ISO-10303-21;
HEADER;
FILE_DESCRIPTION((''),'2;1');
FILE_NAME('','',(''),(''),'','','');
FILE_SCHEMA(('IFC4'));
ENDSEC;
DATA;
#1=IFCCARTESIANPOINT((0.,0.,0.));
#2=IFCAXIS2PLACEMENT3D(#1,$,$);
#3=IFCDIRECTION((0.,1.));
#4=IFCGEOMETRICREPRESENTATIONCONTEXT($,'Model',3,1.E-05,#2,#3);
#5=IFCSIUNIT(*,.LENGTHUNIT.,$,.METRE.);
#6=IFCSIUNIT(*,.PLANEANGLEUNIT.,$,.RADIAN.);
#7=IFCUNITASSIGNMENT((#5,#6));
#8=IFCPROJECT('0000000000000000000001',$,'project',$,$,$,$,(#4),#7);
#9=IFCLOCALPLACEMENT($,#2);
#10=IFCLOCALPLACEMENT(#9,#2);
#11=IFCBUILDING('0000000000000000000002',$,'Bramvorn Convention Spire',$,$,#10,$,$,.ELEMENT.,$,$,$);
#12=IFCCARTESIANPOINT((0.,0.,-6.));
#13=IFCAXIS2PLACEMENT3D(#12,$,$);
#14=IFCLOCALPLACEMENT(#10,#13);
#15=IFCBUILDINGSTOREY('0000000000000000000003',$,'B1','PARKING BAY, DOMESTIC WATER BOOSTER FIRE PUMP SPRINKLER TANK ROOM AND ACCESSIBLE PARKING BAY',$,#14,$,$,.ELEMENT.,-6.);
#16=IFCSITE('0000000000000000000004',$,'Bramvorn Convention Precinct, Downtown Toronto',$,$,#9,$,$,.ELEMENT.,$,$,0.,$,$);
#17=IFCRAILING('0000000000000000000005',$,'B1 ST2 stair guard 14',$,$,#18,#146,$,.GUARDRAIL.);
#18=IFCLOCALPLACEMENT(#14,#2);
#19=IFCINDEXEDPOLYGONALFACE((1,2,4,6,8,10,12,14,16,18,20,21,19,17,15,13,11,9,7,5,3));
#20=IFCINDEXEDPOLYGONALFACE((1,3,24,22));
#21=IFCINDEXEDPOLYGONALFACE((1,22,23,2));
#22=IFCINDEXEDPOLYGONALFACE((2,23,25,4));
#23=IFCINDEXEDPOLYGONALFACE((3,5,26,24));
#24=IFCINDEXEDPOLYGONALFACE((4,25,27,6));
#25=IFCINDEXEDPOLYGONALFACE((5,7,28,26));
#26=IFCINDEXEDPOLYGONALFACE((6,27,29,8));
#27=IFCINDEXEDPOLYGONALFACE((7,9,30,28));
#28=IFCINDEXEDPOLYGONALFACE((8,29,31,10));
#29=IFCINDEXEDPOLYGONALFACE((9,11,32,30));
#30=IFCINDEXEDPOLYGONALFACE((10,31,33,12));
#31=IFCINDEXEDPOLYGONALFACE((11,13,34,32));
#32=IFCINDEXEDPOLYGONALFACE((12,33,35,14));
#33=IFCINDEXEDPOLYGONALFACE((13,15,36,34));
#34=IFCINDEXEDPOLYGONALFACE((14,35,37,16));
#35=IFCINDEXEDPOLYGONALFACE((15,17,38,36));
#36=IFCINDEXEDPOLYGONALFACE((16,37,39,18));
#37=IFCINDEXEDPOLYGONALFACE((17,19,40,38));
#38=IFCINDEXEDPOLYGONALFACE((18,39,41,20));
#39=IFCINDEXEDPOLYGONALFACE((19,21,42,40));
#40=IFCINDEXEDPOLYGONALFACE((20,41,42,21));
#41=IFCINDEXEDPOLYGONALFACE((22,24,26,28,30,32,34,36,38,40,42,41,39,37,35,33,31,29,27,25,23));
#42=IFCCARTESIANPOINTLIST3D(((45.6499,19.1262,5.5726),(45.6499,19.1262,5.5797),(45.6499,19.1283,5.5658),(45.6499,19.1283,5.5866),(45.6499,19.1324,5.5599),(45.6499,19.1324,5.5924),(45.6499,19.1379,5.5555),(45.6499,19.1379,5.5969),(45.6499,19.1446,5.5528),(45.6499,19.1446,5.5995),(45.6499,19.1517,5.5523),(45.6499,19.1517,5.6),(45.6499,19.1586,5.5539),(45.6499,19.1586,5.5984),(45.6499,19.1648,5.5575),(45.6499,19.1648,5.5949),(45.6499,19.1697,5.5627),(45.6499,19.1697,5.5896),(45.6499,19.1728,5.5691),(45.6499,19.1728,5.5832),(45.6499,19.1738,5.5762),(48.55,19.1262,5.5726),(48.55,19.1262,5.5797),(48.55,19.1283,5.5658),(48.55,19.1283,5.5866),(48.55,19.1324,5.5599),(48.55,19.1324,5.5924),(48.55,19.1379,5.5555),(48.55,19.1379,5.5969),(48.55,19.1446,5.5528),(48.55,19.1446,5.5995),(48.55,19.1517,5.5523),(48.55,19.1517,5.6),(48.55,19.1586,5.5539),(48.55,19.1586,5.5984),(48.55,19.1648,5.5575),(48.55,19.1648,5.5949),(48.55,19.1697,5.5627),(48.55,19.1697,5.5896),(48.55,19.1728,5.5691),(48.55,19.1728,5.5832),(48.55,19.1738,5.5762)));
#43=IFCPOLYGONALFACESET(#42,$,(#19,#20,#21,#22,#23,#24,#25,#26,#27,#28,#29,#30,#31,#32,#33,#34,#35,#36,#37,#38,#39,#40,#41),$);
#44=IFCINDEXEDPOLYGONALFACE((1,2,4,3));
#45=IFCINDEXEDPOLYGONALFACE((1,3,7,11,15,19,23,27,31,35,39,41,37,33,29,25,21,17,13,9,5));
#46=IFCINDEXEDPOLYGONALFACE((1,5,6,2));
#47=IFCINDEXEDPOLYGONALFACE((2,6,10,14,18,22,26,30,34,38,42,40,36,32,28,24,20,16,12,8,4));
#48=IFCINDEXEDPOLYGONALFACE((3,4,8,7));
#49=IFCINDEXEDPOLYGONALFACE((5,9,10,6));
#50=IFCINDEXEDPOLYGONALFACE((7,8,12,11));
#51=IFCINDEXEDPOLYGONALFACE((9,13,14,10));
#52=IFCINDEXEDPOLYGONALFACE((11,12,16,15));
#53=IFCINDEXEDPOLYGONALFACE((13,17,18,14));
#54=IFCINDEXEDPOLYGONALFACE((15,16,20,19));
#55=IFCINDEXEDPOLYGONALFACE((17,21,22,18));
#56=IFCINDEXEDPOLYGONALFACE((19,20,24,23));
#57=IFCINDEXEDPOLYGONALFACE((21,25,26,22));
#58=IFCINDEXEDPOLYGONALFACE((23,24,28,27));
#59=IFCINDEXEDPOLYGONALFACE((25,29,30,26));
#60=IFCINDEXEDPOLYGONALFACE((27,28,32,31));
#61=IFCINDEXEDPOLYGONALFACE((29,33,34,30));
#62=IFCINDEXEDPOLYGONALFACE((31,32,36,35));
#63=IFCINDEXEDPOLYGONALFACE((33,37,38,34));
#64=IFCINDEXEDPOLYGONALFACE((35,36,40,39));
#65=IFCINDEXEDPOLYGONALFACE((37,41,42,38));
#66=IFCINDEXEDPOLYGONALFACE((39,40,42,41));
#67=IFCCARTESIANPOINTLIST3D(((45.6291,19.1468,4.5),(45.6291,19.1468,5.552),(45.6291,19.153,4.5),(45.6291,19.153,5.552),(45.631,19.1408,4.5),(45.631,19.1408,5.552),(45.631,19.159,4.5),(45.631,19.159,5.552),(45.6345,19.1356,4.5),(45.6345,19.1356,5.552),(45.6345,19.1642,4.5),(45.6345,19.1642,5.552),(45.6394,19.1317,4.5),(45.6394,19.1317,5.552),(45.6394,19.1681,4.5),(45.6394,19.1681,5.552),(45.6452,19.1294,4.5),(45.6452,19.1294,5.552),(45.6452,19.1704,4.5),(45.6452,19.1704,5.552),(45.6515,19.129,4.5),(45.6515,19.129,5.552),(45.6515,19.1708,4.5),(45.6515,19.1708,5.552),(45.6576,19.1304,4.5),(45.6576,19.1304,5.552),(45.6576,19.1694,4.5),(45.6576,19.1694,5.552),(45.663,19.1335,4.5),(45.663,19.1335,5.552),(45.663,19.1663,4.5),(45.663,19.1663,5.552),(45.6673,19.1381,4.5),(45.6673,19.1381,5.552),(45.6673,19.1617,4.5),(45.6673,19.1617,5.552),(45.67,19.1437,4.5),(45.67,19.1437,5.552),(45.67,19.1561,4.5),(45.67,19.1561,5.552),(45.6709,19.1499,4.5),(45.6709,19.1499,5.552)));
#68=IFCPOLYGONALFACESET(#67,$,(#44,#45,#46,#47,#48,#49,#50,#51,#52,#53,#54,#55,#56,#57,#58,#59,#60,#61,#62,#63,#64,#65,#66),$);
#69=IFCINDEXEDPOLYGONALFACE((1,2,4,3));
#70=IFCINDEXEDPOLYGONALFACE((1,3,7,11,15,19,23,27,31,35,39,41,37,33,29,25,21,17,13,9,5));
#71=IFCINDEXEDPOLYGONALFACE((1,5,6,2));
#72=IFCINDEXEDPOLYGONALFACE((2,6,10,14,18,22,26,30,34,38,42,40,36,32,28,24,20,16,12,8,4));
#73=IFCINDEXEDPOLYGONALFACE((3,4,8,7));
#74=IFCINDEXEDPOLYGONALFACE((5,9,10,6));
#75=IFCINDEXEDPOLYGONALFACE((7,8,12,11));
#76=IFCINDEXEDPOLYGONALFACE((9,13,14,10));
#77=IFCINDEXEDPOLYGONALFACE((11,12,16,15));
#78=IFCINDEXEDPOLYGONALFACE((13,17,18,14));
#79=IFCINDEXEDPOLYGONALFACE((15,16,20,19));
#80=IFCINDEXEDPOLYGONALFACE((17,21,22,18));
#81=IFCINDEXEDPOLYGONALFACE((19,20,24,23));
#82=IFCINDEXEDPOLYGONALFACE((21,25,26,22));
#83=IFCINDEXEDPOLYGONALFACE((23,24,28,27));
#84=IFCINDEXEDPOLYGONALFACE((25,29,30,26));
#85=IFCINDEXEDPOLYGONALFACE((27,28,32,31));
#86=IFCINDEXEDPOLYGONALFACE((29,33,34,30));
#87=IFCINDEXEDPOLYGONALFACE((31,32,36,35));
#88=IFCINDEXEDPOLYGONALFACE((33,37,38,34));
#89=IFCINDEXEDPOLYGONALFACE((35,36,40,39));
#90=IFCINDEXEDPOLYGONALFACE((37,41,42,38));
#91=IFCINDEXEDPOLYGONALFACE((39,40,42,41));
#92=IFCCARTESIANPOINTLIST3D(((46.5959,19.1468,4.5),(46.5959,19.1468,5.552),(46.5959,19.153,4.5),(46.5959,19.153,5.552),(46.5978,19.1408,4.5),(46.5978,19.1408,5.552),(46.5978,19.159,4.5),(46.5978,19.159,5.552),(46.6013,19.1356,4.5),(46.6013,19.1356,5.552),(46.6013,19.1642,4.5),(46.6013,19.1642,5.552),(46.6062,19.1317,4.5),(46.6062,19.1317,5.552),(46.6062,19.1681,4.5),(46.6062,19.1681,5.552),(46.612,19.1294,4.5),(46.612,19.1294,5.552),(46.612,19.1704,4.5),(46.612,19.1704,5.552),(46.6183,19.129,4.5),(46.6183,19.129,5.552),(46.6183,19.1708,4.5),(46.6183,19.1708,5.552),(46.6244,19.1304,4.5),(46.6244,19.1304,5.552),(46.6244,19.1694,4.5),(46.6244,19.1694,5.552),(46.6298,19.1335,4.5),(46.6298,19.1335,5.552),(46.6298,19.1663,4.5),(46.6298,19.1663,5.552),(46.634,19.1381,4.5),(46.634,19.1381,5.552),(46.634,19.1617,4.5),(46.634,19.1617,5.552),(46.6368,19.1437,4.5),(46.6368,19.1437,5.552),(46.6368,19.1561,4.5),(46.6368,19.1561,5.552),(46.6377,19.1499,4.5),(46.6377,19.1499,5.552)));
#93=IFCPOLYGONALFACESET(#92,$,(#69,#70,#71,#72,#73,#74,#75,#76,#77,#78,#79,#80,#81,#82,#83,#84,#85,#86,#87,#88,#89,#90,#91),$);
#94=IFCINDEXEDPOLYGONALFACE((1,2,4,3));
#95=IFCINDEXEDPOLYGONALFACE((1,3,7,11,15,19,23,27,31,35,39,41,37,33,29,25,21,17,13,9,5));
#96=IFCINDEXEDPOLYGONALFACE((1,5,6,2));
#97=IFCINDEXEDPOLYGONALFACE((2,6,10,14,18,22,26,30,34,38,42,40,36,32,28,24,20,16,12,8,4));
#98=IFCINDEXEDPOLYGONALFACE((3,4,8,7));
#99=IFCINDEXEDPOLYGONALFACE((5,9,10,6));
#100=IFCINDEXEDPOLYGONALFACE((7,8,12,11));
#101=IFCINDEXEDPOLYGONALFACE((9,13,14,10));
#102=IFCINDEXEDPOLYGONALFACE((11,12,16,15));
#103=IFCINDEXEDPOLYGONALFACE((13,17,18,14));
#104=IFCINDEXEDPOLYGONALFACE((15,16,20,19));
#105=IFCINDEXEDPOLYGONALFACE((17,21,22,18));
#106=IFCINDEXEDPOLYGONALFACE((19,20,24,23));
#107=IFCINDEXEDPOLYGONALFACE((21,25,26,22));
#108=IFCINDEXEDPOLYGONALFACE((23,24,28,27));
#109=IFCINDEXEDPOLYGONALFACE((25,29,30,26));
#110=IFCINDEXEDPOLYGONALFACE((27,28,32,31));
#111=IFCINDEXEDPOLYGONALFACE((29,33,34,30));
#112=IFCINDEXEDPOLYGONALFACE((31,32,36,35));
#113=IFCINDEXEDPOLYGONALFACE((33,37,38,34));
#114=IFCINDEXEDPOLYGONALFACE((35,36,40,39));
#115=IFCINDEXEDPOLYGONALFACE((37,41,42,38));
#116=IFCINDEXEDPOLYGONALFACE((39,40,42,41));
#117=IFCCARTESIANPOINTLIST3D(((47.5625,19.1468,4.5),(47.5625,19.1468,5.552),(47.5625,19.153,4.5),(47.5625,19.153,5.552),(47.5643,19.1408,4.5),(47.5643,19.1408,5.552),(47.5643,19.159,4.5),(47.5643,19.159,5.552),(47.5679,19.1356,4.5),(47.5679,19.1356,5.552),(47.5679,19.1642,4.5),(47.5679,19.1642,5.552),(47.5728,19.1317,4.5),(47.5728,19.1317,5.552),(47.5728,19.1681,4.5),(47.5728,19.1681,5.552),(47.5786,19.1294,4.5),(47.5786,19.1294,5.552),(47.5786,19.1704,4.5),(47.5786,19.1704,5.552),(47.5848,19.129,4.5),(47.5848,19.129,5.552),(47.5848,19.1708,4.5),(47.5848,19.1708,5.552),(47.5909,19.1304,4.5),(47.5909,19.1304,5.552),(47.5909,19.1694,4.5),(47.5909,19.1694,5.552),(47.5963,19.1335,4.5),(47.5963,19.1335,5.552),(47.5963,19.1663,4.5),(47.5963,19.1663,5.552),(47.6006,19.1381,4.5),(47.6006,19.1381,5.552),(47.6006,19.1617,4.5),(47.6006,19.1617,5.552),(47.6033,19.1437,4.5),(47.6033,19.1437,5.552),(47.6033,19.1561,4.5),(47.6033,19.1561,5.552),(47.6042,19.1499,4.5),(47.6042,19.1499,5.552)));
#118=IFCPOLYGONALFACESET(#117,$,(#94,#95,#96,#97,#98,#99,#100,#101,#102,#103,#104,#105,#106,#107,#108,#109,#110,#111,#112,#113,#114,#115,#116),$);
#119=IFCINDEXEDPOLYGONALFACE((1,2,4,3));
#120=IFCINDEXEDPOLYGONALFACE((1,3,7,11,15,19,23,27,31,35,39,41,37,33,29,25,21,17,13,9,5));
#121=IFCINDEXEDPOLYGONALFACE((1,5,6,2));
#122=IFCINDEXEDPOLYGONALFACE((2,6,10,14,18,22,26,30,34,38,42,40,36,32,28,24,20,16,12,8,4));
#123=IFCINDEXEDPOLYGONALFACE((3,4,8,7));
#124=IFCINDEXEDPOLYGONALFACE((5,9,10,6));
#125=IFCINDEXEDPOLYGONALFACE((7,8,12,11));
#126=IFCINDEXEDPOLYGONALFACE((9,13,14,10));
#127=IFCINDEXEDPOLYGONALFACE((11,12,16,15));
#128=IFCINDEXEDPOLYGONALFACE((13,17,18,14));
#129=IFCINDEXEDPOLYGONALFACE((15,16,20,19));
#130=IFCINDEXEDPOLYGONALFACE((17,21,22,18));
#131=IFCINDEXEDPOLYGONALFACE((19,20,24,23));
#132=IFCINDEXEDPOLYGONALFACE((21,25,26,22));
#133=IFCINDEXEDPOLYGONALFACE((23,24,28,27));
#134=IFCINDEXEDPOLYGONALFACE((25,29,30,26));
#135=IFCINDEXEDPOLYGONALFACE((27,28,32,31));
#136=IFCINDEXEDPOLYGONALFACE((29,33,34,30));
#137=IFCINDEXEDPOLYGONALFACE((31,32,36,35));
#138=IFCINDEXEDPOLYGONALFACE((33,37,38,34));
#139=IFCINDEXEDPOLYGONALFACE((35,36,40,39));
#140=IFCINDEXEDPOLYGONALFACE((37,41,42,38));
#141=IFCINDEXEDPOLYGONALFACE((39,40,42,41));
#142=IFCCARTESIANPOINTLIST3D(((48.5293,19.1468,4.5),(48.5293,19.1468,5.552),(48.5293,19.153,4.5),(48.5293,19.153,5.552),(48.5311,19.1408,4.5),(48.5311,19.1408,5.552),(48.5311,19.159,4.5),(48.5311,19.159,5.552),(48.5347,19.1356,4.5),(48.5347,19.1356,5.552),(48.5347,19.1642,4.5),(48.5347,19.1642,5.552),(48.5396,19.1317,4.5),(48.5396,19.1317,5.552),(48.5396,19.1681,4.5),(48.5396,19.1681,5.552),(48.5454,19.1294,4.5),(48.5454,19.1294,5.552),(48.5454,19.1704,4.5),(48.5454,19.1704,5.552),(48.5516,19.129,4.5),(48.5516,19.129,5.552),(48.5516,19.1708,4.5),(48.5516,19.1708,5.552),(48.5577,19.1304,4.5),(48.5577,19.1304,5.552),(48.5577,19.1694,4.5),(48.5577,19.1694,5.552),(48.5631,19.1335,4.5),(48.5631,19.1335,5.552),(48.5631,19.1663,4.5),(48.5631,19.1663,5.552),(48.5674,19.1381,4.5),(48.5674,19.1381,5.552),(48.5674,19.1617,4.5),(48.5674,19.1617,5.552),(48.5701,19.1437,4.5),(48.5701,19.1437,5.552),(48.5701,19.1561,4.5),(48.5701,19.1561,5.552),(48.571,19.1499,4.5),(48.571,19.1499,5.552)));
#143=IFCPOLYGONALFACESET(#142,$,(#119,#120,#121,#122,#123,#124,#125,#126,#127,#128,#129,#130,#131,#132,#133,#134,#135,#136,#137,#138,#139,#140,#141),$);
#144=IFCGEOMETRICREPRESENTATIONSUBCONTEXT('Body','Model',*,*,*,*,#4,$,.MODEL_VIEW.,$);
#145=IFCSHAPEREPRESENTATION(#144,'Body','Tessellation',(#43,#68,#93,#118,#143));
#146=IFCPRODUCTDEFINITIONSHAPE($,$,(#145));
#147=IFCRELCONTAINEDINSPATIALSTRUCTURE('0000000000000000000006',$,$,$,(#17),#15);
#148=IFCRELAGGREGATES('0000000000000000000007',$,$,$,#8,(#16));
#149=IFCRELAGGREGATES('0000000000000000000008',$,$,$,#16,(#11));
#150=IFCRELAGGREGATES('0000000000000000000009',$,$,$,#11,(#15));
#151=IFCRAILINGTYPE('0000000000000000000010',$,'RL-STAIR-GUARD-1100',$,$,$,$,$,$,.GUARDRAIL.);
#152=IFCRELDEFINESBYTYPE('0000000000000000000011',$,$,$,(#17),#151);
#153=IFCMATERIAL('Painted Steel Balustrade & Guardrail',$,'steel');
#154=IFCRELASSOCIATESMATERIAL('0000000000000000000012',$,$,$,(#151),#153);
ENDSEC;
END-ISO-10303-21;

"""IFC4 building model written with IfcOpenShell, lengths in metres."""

from ifc_helpers import new_model, si_unit, direction, frame, origin, origin_2d, place, context, subcontext, project, spatial, circle, extrude, material, type_object, element, save


model = new_model("IFC4")

# Units and contexts
model_context = context("Model", 3, precision=1e-05, world=origin(), true_north=direction((0.0, 1.0)))
body_context = subcontext(model_context, "Body", "Model", "MODEL_VIEW")
ifc_project = project(units=[si_unit("LENGTHUNIT", "METRE"), si_unit("PLANEANGLEUNIT", "RADIAN")], contexts=[model_context])

# Site, building, storey
site_placement = place(None, origin())
site = spatial("IfcSite", under=ifc_project, at=site_placement, Name="Bramvorn Convention Precinct, Downtown Toronto", CompositionType="ELEMENT", RefElevation=0.0)
building_placement = place(site_placement, origin())
building = spatial("IfcBuilding", under=site, at=building_placement, Name="Bramvorn Convention Spire", CompositionType="ELEMENT")
storey_placement = place(building_placement, frame((0.0, 0.0, -6.0)))
storey = spatial("IfcBuildingStorey", under=building, at=storey_placement, Name="B1", Description="PARKING BAY, DOMESTIC WATER BOOSTER FIRE PUMP SPRINKLER TANK ROOM AND ACCESSIBLE PARKING BAY", CompositionType="ELEMENT", Elevation=-6.0)

# Railing
ifc_material_1 = material(Name="Painted Steel Balustrade & Guardrail", Category="steel")
railing_type_1 = type_object("IfcRailingType", Name="RL-STAIR-GUARD-1100", PredefinedType="GUARDRAIL", material=ifc_material_1)
railing_1_placement = place(storey_placement, frame((45.6499, 19.1499, 4.5)))
element("IfcRailing", 1, at=railing_1_placement, inside=storey, type_object=railing_type_1, Name="B1 ST2 stair guard 14", PredefinedType="GUARDRAIL", context=body_context, shape_type="SweptSolid", body=[
    extrude(circle(Radius=0.0239, at=origin_2d()), frame((0.0, 0.0, 1.0762), z_axis=(1.0, 0.0, 0.0), x_axis=(0.0, 1.0, 0.0)), (0.0, 0.0, 1.0), 2.9001),
    extrude(circle(Radius=0.021, at=origin_2d()), origin(), (0.0, 0.0, 1.0), 1.052),
    extrude(circle(Radius=0.021, at=origin_2d()), frame((0.9668, 0.0, 0.0)), (0.0, 0.0, 1.0), 1.052),
    extrude(circle(Radius=0.021, at=origin_2d()), frame((1.9333, 0.0, 0.0)), (0.0, 0.0, 1.0), 1.052),
    extrude(circle(Radius=0.021, at=origin_2d()), frame((2.9001, 0.0, 0.0)), (0.0, 0.0, 1.0), 1.052),
])

save(model, "model.ifc")
